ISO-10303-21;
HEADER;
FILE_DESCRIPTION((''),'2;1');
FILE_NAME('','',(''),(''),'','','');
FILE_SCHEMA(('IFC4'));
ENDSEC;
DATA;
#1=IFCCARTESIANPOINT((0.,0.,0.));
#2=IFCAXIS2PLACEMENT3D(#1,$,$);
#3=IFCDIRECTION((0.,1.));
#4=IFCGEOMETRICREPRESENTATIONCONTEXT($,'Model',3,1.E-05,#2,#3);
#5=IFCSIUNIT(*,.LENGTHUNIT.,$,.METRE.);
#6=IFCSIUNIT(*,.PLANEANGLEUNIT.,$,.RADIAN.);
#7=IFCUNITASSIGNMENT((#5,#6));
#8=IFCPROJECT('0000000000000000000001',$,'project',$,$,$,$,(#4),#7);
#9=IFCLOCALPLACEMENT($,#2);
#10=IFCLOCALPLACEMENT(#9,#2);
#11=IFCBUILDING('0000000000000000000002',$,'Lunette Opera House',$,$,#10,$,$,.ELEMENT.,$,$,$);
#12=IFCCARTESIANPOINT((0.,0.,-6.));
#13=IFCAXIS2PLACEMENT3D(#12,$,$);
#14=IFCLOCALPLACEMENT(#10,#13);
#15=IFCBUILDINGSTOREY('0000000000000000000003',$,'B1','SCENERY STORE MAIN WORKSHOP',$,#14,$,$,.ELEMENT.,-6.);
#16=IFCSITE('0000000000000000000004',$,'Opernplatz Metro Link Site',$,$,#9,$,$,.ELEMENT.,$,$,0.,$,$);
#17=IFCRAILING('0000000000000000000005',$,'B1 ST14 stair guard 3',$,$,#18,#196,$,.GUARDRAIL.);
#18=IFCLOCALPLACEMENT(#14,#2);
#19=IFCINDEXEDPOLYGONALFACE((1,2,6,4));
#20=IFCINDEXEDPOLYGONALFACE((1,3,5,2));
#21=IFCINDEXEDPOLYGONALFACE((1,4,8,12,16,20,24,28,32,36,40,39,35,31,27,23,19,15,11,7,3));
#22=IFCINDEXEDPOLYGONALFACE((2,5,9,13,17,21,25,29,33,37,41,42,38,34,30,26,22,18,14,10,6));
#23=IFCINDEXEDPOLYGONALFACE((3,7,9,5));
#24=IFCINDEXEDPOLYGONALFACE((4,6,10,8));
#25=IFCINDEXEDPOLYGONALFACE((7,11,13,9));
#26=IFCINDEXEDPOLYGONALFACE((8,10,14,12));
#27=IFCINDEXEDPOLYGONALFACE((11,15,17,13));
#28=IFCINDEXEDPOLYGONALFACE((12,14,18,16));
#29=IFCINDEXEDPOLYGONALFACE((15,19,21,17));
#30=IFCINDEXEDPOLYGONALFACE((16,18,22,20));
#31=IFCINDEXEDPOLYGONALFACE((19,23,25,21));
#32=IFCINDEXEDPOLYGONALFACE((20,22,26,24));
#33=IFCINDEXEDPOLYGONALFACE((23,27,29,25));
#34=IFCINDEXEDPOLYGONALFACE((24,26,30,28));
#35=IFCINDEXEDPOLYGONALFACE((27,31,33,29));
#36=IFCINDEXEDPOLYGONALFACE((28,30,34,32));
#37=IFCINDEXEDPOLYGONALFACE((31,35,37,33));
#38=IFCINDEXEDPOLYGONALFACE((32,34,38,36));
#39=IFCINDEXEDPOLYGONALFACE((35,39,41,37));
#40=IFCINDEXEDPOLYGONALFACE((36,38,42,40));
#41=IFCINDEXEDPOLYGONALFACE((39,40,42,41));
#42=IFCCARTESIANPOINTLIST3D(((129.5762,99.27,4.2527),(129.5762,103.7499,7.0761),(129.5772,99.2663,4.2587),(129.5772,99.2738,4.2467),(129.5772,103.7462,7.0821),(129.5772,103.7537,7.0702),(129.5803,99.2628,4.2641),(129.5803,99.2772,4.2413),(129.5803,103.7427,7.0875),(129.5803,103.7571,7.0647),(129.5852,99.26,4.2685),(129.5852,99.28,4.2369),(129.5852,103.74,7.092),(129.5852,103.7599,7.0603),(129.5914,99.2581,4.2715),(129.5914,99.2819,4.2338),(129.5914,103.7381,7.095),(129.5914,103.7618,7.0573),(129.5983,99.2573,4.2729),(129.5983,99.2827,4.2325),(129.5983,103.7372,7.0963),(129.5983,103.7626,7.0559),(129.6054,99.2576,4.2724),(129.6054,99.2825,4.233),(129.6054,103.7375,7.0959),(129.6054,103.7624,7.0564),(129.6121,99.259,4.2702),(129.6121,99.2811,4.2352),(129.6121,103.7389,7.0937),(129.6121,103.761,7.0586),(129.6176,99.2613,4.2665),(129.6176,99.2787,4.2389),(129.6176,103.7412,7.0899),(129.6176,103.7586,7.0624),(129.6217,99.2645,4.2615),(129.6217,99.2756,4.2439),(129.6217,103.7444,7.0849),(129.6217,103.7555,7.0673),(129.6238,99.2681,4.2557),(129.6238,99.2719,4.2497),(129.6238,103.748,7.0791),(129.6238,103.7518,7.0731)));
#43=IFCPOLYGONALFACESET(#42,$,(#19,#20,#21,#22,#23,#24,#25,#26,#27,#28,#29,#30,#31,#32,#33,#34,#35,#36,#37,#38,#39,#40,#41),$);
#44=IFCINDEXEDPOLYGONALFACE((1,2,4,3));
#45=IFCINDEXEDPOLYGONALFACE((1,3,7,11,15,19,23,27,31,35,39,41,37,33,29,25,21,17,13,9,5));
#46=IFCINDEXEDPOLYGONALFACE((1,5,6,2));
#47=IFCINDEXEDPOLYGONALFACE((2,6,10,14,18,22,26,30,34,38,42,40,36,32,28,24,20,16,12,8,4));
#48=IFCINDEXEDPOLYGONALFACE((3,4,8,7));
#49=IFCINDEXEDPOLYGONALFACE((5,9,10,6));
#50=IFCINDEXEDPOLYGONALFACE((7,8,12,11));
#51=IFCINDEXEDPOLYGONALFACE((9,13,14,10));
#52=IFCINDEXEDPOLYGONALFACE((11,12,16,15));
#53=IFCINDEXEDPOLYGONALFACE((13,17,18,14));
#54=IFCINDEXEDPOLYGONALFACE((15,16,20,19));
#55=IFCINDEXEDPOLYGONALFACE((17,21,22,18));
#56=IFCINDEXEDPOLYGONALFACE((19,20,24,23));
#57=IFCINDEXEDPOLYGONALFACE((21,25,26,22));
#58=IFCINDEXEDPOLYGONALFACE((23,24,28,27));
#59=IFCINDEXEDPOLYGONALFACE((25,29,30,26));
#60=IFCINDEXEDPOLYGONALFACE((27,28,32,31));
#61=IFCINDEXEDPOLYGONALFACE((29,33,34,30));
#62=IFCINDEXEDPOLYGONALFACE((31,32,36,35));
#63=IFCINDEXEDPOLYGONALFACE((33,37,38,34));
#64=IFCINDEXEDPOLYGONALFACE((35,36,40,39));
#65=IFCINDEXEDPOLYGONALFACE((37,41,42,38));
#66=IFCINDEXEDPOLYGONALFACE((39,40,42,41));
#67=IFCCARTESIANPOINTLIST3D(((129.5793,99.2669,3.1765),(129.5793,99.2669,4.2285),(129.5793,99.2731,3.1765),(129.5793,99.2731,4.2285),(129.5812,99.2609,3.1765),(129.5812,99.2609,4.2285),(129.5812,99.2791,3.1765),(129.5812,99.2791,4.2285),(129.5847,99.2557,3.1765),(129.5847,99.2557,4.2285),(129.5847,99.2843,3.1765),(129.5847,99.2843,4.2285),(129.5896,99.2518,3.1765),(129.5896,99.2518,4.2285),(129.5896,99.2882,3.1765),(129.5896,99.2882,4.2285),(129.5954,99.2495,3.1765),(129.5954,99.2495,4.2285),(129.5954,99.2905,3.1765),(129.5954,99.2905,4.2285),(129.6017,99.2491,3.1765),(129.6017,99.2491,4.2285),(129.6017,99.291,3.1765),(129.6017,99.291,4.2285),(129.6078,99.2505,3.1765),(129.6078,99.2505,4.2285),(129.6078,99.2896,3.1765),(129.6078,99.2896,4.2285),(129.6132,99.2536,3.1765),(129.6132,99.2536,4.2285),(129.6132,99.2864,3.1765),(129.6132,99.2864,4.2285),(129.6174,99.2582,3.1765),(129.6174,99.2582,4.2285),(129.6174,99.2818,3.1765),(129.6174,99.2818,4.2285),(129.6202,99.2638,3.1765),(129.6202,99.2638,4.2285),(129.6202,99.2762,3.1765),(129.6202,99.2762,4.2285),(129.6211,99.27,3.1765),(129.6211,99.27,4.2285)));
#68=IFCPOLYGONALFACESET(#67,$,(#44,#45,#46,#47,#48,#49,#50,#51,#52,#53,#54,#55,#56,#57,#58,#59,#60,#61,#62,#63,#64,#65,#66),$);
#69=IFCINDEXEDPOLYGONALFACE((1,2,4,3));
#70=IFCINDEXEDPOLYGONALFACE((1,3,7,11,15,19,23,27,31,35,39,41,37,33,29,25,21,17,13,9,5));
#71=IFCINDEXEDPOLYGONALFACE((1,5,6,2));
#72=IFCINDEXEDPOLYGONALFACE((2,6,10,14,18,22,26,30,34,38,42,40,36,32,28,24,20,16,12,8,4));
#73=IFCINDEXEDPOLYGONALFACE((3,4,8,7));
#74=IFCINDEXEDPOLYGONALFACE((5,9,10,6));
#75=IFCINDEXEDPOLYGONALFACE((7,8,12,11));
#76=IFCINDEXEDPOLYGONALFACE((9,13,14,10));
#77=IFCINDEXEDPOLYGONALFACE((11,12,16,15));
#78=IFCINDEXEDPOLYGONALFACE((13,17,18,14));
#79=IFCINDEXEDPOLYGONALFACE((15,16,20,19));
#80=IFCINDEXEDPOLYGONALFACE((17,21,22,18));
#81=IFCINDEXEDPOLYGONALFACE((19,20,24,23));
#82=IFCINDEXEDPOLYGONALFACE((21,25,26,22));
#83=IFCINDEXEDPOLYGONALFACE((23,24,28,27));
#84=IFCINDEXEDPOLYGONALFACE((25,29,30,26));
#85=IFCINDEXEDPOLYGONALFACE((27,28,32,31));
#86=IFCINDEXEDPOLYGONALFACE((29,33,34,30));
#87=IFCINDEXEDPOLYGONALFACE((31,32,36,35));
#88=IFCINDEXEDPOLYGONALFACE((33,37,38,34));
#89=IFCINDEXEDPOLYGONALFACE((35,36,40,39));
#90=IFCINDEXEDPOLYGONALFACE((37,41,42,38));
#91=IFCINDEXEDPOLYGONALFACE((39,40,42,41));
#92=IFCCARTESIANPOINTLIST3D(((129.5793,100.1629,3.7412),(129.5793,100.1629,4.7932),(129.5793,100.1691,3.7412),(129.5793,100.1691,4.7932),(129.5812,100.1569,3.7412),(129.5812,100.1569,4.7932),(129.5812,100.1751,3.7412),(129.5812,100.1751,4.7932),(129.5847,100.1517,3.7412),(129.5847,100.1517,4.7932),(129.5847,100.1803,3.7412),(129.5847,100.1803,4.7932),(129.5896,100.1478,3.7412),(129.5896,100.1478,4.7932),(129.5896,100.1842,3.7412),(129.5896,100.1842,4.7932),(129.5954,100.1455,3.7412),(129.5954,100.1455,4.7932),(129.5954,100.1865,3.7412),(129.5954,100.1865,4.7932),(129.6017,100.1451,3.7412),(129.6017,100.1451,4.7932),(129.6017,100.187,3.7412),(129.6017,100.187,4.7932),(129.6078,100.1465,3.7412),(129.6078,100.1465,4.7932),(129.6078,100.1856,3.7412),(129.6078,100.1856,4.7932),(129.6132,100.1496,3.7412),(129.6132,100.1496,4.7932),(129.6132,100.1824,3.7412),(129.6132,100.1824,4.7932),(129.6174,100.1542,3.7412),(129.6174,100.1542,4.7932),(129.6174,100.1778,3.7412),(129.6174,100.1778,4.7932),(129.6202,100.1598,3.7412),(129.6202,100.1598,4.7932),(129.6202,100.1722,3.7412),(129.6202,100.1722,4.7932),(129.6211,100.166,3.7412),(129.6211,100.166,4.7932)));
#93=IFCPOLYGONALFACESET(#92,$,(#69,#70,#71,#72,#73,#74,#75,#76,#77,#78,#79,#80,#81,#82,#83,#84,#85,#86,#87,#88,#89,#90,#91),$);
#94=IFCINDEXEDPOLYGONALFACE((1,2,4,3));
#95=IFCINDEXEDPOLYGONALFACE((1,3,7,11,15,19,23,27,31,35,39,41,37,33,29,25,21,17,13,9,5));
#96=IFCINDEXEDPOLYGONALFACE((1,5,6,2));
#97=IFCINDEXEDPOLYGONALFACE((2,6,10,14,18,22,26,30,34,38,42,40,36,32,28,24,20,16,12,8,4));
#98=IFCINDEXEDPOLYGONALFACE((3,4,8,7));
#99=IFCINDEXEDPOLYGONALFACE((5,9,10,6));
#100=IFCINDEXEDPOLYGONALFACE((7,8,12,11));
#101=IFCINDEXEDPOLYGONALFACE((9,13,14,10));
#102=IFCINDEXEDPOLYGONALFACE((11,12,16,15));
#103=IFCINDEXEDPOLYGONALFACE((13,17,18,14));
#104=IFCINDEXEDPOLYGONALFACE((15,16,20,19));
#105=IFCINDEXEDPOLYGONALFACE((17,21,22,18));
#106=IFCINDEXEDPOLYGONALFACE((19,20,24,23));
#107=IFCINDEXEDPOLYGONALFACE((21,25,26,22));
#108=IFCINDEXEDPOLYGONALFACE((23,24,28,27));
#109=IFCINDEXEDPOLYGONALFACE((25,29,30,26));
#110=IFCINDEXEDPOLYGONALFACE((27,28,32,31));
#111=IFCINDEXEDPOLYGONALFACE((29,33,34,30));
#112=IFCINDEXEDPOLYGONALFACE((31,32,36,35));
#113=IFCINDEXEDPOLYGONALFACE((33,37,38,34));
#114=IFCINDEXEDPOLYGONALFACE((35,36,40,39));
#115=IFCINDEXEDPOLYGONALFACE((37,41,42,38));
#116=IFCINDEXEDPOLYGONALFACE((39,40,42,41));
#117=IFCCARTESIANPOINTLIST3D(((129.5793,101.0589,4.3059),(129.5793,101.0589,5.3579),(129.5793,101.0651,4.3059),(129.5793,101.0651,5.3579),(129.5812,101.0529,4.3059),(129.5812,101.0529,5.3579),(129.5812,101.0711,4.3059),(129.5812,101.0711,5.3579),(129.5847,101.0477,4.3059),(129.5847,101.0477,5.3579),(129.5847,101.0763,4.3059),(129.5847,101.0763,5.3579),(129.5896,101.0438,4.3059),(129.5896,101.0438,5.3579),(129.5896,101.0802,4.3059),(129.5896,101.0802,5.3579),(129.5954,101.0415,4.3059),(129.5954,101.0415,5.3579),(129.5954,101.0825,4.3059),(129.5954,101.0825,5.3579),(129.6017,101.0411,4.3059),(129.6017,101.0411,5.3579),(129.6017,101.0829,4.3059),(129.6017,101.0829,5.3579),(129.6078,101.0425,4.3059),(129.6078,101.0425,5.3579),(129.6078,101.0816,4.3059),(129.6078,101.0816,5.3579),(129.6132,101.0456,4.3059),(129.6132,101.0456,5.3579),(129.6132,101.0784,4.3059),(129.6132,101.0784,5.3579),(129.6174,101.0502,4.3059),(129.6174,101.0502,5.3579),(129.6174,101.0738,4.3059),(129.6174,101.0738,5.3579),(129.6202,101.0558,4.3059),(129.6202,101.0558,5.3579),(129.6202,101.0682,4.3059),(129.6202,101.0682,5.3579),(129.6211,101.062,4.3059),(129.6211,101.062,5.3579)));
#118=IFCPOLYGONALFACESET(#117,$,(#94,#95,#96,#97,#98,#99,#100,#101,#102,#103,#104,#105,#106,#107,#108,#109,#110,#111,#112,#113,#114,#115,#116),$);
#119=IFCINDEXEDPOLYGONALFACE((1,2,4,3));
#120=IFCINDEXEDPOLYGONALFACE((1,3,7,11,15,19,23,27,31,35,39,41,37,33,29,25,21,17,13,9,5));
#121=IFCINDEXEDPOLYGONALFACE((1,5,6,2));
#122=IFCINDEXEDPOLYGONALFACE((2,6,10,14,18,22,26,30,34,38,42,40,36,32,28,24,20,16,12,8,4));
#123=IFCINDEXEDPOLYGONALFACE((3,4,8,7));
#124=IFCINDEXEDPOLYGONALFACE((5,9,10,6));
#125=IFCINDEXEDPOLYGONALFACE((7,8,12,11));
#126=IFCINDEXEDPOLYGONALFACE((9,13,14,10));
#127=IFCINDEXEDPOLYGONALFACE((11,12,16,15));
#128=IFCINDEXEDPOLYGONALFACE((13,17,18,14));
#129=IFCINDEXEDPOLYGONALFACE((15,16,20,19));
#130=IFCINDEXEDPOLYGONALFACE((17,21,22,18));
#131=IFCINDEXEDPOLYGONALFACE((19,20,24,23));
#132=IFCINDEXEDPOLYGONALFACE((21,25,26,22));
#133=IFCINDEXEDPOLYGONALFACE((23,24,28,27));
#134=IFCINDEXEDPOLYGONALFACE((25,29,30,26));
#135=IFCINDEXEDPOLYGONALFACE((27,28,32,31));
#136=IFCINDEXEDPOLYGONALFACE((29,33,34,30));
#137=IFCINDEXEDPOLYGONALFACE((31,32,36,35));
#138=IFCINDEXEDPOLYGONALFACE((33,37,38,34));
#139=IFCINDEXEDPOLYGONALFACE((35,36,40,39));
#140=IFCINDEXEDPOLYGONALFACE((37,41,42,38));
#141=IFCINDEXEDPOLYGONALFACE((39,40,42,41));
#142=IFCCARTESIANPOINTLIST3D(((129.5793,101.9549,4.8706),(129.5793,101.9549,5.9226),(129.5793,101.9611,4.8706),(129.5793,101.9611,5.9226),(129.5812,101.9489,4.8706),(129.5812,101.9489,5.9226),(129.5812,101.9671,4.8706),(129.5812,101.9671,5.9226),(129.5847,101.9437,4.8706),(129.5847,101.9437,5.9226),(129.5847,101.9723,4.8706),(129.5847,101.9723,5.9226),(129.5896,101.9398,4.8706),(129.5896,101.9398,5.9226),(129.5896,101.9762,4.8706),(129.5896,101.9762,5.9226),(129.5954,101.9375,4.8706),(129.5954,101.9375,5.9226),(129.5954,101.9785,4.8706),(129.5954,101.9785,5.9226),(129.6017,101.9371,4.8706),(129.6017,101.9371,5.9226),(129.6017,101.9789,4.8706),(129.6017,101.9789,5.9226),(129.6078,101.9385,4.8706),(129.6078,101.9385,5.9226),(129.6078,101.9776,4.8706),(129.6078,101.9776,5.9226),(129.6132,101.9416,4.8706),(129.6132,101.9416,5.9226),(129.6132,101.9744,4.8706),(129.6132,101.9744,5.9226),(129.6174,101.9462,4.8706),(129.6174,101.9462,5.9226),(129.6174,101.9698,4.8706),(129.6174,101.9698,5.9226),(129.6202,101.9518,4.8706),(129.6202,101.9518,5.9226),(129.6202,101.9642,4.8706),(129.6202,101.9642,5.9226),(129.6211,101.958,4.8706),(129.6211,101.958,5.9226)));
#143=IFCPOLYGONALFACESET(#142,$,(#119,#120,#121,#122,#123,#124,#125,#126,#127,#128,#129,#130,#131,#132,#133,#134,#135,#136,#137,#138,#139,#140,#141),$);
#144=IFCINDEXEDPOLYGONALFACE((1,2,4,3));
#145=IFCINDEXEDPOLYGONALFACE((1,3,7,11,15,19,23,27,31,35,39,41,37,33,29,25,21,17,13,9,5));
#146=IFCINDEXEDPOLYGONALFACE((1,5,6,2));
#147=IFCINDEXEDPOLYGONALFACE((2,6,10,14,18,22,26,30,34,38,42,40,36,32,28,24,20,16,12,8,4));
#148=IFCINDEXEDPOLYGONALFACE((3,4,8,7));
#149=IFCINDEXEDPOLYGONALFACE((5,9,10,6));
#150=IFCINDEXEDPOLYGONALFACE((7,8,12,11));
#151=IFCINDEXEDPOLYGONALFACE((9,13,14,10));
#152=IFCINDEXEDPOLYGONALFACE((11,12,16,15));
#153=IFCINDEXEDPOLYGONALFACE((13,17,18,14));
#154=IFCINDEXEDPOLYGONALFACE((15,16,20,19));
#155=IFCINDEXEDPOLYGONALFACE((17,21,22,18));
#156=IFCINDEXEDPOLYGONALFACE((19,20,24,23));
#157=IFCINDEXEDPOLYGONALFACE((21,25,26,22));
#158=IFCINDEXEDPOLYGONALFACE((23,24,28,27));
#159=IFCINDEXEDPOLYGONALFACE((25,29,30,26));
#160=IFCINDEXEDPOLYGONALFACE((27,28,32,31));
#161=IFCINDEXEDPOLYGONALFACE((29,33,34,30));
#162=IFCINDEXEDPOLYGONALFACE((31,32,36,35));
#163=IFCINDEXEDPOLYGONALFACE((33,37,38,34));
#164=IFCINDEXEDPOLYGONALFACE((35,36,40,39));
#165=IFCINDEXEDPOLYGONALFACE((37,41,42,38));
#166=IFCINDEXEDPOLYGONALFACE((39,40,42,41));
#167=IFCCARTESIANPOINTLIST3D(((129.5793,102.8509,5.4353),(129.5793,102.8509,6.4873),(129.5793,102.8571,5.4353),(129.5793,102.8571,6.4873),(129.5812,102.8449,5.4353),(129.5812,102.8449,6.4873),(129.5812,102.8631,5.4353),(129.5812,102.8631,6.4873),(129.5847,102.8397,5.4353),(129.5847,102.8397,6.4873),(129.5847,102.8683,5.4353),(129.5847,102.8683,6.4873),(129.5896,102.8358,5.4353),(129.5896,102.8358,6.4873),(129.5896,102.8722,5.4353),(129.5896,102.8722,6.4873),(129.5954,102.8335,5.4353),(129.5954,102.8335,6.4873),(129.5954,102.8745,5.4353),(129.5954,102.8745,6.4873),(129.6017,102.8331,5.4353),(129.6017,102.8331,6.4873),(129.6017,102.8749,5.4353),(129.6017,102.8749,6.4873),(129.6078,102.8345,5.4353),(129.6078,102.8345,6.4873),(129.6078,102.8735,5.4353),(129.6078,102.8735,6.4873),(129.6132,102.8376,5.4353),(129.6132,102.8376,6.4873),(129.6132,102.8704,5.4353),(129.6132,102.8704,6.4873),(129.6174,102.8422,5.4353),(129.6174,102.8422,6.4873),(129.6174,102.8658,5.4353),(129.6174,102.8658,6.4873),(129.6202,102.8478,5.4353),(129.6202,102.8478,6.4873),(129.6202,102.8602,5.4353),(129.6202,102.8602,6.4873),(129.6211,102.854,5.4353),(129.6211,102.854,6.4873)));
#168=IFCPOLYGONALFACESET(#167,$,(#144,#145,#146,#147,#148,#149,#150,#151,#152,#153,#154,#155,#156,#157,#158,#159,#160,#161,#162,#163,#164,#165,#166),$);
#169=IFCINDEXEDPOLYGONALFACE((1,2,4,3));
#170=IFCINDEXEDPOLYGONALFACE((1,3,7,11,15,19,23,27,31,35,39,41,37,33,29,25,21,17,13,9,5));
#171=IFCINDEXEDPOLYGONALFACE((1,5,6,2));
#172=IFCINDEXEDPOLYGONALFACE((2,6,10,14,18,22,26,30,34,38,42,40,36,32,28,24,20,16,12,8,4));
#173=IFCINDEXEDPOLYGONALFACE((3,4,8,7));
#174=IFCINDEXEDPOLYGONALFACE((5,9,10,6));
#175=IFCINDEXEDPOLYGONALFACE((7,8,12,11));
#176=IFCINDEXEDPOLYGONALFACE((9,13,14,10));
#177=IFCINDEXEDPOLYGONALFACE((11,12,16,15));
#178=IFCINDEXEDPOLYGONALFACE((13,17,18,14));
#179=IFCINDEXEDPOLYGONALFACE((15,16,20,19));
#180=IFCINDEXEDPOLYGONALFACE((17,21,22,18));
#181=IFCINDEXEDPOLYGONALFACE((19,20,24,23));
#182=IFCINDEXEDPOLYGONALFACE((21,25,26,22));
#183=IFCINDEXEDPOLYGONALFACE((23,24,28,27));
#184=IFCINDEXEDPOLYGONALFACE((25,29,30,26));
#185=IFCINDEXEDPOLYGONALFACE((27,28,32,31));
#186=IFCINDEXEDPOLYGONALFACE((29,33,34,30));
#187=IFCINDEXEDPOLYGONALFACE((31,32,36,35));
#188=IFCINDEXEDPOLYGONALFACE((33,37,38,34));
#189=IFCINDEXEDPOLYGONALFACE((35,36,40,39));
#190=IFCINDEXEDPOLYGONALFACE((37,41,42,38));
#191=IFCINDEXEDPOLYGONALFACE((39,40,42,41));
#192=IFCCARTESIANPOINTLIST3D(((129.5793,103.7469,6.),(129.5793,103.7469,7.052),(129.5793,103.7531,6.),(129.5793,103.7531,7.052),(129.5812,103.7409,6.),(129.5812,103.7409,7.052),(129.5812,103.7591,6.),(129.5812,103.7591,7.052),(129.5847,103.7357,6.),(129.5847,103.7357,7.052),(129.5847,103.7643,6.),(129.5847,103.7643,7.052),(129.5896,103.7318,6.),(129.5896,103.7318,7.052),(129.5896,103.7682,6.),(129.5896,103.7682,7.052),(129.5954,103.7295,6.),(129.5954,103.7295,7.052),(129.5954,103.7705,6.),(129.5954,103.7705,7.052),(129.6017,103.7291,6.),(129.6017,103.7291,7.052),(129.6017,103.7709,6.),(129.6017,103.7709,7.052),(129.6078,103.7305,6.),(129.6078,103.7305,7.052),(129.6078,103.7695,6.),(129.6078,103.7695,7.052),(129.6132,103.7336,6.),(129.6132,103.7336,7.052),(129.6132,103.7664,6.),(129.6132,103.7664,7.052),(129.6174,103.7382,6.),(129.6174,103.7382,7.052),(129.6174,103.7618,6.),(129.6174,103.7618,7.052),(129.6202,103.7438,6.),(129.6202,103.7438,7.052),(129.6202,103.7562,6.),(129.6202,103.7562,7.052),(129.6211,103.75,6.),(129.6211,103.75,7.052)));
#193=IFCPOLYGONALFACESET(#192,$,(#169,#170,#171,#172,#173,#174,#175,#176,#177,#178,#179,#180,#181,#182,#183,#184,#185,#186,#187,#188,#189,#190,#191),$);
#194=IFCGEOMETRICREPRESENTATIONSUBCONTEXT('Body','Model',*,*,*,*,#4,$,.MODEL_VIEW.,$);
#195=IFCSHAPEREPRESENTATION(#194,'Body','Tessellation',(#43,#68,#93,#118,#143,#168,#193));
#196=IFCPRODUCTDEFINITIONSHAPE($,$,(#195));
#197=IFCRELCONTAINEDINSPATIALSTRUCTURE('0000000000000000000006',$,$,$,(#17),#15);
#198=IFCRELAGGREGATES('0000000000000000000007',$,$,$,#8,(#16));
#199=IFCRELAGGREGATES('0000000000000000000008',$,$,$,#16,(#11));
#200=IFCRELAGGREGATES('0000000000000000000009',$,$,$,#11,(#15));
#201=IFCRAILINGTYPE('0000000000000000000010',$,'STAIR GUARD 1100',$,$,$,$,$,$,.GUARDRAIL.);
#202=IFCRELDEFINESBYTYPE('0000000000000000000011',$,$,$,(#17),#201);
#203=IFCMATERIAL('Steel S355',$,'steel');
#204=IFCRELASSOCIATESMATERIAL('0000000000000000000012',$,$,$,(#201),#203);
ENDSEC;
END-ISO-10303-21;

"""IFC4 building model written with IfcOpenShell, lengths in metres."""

from ifc_helpers import new_model, si_unit, direction, frame, origin, origin_2d, place, context, subcontext, project, spatial, circle, extrude, material, type_object, element, save


model = new_model("IFC4")

# Units and contexts
model_context = context("Model", 3, precision=1e-05, world=origin(), true_north=direction((0.0, 1.0)))
body_context = subcontext(model_context, "Body", "Model", "MODEL_VIEW")
ifc_project = project(units=[si_unit("LENGTHUNIT", "METRE"), si_unit("PLANEANGLEUNIT", "RADIAN")], contexts=[model_context])

# Site, building, storey
site_placement = place(None, origin())
site = spatial("IfcSite", under=ifc_project, at=site_placement, Name="Opernplatz Metro Link Site", CompositionType="ELEMENT", RefElevation=0.0)
building_placement = place(site_placement, origin())
building = spatial("IfcBuilding", under=site, at=building_placement, Name="Lunette Opera House", CompositionType="ELEMENT")
storey_placement = place(building_placement, frame((0.0, 0.0, -6.0)))
storey = spatial("IfcBuildingStorey", under=building, at=storey_placement, Name="B1", Description="SCENERY STORE MAIN WORKSHOP", CompositionType="ELEMENT", Elevation=-6.0)

# Railing
ifc_material_1 = material(Name="Steel S355", Category="steel")
railing_type_1 = type_object("IfcRailingType", Name="STAIR GUARD 1100", PredefinedType="GUARDRAIL", material=ifc_material_1)
railing_1_placement = place(storey_placement, frame((129.6001, 99.27, 3.1765)))
element("IfcRailing", 1, at=railing_1_placement, inside=storey, type_object=railing_type_1, Name="B1 ST14 stair guard 3", PredefinedType="GUARDRAIL", context=body_context, shape_type="SweptSolid", body=[
    extrude(circle(Radius=0.0239, at=origin_2d()), frame((0.0, 0.0, 1.0762), z_axis=(0.0, 0.845998, 0.533186), x_axis=(-1.0, 0.0, 0.0)), (0.0, 0.0, 1.0), 5.2954),
    extrude(circle(Radius=0.021, at=origin_2d()), origin(), (0.0, 0.0, 1.0), 1.052),
    extrude(circle(Radius=0.021, at=origin_2d()), frame((0.0, 0.896, 0.5647)), (0.0, 0.0, 1.0), 1.052),
    extrude(circle(Radius=0.021, at=origin_2d()), frame((0.0, 1.792, 1.1294)), (0.0, 0.0, 1.0), 1.052),
    extrude(circle(Radius=0.021, at=origin_2d()), frame((0.0, 2.688, 1.6941)), (0.0, 0.0, 1.0), 1.052),
    extrude(circle(Radius=0.021, at=origin_2d()), frame((0.0, 3.584, 2.2588)), (0.0, 0.0, 1.0), 1.052),
    extrude(circle(Radius=0.021, at=origin_2d()), frame((0.0, 4.48, 2.8235)), (0.0, 0.0, 1.0), 1.052),
])

save(model, "model.ifc")
